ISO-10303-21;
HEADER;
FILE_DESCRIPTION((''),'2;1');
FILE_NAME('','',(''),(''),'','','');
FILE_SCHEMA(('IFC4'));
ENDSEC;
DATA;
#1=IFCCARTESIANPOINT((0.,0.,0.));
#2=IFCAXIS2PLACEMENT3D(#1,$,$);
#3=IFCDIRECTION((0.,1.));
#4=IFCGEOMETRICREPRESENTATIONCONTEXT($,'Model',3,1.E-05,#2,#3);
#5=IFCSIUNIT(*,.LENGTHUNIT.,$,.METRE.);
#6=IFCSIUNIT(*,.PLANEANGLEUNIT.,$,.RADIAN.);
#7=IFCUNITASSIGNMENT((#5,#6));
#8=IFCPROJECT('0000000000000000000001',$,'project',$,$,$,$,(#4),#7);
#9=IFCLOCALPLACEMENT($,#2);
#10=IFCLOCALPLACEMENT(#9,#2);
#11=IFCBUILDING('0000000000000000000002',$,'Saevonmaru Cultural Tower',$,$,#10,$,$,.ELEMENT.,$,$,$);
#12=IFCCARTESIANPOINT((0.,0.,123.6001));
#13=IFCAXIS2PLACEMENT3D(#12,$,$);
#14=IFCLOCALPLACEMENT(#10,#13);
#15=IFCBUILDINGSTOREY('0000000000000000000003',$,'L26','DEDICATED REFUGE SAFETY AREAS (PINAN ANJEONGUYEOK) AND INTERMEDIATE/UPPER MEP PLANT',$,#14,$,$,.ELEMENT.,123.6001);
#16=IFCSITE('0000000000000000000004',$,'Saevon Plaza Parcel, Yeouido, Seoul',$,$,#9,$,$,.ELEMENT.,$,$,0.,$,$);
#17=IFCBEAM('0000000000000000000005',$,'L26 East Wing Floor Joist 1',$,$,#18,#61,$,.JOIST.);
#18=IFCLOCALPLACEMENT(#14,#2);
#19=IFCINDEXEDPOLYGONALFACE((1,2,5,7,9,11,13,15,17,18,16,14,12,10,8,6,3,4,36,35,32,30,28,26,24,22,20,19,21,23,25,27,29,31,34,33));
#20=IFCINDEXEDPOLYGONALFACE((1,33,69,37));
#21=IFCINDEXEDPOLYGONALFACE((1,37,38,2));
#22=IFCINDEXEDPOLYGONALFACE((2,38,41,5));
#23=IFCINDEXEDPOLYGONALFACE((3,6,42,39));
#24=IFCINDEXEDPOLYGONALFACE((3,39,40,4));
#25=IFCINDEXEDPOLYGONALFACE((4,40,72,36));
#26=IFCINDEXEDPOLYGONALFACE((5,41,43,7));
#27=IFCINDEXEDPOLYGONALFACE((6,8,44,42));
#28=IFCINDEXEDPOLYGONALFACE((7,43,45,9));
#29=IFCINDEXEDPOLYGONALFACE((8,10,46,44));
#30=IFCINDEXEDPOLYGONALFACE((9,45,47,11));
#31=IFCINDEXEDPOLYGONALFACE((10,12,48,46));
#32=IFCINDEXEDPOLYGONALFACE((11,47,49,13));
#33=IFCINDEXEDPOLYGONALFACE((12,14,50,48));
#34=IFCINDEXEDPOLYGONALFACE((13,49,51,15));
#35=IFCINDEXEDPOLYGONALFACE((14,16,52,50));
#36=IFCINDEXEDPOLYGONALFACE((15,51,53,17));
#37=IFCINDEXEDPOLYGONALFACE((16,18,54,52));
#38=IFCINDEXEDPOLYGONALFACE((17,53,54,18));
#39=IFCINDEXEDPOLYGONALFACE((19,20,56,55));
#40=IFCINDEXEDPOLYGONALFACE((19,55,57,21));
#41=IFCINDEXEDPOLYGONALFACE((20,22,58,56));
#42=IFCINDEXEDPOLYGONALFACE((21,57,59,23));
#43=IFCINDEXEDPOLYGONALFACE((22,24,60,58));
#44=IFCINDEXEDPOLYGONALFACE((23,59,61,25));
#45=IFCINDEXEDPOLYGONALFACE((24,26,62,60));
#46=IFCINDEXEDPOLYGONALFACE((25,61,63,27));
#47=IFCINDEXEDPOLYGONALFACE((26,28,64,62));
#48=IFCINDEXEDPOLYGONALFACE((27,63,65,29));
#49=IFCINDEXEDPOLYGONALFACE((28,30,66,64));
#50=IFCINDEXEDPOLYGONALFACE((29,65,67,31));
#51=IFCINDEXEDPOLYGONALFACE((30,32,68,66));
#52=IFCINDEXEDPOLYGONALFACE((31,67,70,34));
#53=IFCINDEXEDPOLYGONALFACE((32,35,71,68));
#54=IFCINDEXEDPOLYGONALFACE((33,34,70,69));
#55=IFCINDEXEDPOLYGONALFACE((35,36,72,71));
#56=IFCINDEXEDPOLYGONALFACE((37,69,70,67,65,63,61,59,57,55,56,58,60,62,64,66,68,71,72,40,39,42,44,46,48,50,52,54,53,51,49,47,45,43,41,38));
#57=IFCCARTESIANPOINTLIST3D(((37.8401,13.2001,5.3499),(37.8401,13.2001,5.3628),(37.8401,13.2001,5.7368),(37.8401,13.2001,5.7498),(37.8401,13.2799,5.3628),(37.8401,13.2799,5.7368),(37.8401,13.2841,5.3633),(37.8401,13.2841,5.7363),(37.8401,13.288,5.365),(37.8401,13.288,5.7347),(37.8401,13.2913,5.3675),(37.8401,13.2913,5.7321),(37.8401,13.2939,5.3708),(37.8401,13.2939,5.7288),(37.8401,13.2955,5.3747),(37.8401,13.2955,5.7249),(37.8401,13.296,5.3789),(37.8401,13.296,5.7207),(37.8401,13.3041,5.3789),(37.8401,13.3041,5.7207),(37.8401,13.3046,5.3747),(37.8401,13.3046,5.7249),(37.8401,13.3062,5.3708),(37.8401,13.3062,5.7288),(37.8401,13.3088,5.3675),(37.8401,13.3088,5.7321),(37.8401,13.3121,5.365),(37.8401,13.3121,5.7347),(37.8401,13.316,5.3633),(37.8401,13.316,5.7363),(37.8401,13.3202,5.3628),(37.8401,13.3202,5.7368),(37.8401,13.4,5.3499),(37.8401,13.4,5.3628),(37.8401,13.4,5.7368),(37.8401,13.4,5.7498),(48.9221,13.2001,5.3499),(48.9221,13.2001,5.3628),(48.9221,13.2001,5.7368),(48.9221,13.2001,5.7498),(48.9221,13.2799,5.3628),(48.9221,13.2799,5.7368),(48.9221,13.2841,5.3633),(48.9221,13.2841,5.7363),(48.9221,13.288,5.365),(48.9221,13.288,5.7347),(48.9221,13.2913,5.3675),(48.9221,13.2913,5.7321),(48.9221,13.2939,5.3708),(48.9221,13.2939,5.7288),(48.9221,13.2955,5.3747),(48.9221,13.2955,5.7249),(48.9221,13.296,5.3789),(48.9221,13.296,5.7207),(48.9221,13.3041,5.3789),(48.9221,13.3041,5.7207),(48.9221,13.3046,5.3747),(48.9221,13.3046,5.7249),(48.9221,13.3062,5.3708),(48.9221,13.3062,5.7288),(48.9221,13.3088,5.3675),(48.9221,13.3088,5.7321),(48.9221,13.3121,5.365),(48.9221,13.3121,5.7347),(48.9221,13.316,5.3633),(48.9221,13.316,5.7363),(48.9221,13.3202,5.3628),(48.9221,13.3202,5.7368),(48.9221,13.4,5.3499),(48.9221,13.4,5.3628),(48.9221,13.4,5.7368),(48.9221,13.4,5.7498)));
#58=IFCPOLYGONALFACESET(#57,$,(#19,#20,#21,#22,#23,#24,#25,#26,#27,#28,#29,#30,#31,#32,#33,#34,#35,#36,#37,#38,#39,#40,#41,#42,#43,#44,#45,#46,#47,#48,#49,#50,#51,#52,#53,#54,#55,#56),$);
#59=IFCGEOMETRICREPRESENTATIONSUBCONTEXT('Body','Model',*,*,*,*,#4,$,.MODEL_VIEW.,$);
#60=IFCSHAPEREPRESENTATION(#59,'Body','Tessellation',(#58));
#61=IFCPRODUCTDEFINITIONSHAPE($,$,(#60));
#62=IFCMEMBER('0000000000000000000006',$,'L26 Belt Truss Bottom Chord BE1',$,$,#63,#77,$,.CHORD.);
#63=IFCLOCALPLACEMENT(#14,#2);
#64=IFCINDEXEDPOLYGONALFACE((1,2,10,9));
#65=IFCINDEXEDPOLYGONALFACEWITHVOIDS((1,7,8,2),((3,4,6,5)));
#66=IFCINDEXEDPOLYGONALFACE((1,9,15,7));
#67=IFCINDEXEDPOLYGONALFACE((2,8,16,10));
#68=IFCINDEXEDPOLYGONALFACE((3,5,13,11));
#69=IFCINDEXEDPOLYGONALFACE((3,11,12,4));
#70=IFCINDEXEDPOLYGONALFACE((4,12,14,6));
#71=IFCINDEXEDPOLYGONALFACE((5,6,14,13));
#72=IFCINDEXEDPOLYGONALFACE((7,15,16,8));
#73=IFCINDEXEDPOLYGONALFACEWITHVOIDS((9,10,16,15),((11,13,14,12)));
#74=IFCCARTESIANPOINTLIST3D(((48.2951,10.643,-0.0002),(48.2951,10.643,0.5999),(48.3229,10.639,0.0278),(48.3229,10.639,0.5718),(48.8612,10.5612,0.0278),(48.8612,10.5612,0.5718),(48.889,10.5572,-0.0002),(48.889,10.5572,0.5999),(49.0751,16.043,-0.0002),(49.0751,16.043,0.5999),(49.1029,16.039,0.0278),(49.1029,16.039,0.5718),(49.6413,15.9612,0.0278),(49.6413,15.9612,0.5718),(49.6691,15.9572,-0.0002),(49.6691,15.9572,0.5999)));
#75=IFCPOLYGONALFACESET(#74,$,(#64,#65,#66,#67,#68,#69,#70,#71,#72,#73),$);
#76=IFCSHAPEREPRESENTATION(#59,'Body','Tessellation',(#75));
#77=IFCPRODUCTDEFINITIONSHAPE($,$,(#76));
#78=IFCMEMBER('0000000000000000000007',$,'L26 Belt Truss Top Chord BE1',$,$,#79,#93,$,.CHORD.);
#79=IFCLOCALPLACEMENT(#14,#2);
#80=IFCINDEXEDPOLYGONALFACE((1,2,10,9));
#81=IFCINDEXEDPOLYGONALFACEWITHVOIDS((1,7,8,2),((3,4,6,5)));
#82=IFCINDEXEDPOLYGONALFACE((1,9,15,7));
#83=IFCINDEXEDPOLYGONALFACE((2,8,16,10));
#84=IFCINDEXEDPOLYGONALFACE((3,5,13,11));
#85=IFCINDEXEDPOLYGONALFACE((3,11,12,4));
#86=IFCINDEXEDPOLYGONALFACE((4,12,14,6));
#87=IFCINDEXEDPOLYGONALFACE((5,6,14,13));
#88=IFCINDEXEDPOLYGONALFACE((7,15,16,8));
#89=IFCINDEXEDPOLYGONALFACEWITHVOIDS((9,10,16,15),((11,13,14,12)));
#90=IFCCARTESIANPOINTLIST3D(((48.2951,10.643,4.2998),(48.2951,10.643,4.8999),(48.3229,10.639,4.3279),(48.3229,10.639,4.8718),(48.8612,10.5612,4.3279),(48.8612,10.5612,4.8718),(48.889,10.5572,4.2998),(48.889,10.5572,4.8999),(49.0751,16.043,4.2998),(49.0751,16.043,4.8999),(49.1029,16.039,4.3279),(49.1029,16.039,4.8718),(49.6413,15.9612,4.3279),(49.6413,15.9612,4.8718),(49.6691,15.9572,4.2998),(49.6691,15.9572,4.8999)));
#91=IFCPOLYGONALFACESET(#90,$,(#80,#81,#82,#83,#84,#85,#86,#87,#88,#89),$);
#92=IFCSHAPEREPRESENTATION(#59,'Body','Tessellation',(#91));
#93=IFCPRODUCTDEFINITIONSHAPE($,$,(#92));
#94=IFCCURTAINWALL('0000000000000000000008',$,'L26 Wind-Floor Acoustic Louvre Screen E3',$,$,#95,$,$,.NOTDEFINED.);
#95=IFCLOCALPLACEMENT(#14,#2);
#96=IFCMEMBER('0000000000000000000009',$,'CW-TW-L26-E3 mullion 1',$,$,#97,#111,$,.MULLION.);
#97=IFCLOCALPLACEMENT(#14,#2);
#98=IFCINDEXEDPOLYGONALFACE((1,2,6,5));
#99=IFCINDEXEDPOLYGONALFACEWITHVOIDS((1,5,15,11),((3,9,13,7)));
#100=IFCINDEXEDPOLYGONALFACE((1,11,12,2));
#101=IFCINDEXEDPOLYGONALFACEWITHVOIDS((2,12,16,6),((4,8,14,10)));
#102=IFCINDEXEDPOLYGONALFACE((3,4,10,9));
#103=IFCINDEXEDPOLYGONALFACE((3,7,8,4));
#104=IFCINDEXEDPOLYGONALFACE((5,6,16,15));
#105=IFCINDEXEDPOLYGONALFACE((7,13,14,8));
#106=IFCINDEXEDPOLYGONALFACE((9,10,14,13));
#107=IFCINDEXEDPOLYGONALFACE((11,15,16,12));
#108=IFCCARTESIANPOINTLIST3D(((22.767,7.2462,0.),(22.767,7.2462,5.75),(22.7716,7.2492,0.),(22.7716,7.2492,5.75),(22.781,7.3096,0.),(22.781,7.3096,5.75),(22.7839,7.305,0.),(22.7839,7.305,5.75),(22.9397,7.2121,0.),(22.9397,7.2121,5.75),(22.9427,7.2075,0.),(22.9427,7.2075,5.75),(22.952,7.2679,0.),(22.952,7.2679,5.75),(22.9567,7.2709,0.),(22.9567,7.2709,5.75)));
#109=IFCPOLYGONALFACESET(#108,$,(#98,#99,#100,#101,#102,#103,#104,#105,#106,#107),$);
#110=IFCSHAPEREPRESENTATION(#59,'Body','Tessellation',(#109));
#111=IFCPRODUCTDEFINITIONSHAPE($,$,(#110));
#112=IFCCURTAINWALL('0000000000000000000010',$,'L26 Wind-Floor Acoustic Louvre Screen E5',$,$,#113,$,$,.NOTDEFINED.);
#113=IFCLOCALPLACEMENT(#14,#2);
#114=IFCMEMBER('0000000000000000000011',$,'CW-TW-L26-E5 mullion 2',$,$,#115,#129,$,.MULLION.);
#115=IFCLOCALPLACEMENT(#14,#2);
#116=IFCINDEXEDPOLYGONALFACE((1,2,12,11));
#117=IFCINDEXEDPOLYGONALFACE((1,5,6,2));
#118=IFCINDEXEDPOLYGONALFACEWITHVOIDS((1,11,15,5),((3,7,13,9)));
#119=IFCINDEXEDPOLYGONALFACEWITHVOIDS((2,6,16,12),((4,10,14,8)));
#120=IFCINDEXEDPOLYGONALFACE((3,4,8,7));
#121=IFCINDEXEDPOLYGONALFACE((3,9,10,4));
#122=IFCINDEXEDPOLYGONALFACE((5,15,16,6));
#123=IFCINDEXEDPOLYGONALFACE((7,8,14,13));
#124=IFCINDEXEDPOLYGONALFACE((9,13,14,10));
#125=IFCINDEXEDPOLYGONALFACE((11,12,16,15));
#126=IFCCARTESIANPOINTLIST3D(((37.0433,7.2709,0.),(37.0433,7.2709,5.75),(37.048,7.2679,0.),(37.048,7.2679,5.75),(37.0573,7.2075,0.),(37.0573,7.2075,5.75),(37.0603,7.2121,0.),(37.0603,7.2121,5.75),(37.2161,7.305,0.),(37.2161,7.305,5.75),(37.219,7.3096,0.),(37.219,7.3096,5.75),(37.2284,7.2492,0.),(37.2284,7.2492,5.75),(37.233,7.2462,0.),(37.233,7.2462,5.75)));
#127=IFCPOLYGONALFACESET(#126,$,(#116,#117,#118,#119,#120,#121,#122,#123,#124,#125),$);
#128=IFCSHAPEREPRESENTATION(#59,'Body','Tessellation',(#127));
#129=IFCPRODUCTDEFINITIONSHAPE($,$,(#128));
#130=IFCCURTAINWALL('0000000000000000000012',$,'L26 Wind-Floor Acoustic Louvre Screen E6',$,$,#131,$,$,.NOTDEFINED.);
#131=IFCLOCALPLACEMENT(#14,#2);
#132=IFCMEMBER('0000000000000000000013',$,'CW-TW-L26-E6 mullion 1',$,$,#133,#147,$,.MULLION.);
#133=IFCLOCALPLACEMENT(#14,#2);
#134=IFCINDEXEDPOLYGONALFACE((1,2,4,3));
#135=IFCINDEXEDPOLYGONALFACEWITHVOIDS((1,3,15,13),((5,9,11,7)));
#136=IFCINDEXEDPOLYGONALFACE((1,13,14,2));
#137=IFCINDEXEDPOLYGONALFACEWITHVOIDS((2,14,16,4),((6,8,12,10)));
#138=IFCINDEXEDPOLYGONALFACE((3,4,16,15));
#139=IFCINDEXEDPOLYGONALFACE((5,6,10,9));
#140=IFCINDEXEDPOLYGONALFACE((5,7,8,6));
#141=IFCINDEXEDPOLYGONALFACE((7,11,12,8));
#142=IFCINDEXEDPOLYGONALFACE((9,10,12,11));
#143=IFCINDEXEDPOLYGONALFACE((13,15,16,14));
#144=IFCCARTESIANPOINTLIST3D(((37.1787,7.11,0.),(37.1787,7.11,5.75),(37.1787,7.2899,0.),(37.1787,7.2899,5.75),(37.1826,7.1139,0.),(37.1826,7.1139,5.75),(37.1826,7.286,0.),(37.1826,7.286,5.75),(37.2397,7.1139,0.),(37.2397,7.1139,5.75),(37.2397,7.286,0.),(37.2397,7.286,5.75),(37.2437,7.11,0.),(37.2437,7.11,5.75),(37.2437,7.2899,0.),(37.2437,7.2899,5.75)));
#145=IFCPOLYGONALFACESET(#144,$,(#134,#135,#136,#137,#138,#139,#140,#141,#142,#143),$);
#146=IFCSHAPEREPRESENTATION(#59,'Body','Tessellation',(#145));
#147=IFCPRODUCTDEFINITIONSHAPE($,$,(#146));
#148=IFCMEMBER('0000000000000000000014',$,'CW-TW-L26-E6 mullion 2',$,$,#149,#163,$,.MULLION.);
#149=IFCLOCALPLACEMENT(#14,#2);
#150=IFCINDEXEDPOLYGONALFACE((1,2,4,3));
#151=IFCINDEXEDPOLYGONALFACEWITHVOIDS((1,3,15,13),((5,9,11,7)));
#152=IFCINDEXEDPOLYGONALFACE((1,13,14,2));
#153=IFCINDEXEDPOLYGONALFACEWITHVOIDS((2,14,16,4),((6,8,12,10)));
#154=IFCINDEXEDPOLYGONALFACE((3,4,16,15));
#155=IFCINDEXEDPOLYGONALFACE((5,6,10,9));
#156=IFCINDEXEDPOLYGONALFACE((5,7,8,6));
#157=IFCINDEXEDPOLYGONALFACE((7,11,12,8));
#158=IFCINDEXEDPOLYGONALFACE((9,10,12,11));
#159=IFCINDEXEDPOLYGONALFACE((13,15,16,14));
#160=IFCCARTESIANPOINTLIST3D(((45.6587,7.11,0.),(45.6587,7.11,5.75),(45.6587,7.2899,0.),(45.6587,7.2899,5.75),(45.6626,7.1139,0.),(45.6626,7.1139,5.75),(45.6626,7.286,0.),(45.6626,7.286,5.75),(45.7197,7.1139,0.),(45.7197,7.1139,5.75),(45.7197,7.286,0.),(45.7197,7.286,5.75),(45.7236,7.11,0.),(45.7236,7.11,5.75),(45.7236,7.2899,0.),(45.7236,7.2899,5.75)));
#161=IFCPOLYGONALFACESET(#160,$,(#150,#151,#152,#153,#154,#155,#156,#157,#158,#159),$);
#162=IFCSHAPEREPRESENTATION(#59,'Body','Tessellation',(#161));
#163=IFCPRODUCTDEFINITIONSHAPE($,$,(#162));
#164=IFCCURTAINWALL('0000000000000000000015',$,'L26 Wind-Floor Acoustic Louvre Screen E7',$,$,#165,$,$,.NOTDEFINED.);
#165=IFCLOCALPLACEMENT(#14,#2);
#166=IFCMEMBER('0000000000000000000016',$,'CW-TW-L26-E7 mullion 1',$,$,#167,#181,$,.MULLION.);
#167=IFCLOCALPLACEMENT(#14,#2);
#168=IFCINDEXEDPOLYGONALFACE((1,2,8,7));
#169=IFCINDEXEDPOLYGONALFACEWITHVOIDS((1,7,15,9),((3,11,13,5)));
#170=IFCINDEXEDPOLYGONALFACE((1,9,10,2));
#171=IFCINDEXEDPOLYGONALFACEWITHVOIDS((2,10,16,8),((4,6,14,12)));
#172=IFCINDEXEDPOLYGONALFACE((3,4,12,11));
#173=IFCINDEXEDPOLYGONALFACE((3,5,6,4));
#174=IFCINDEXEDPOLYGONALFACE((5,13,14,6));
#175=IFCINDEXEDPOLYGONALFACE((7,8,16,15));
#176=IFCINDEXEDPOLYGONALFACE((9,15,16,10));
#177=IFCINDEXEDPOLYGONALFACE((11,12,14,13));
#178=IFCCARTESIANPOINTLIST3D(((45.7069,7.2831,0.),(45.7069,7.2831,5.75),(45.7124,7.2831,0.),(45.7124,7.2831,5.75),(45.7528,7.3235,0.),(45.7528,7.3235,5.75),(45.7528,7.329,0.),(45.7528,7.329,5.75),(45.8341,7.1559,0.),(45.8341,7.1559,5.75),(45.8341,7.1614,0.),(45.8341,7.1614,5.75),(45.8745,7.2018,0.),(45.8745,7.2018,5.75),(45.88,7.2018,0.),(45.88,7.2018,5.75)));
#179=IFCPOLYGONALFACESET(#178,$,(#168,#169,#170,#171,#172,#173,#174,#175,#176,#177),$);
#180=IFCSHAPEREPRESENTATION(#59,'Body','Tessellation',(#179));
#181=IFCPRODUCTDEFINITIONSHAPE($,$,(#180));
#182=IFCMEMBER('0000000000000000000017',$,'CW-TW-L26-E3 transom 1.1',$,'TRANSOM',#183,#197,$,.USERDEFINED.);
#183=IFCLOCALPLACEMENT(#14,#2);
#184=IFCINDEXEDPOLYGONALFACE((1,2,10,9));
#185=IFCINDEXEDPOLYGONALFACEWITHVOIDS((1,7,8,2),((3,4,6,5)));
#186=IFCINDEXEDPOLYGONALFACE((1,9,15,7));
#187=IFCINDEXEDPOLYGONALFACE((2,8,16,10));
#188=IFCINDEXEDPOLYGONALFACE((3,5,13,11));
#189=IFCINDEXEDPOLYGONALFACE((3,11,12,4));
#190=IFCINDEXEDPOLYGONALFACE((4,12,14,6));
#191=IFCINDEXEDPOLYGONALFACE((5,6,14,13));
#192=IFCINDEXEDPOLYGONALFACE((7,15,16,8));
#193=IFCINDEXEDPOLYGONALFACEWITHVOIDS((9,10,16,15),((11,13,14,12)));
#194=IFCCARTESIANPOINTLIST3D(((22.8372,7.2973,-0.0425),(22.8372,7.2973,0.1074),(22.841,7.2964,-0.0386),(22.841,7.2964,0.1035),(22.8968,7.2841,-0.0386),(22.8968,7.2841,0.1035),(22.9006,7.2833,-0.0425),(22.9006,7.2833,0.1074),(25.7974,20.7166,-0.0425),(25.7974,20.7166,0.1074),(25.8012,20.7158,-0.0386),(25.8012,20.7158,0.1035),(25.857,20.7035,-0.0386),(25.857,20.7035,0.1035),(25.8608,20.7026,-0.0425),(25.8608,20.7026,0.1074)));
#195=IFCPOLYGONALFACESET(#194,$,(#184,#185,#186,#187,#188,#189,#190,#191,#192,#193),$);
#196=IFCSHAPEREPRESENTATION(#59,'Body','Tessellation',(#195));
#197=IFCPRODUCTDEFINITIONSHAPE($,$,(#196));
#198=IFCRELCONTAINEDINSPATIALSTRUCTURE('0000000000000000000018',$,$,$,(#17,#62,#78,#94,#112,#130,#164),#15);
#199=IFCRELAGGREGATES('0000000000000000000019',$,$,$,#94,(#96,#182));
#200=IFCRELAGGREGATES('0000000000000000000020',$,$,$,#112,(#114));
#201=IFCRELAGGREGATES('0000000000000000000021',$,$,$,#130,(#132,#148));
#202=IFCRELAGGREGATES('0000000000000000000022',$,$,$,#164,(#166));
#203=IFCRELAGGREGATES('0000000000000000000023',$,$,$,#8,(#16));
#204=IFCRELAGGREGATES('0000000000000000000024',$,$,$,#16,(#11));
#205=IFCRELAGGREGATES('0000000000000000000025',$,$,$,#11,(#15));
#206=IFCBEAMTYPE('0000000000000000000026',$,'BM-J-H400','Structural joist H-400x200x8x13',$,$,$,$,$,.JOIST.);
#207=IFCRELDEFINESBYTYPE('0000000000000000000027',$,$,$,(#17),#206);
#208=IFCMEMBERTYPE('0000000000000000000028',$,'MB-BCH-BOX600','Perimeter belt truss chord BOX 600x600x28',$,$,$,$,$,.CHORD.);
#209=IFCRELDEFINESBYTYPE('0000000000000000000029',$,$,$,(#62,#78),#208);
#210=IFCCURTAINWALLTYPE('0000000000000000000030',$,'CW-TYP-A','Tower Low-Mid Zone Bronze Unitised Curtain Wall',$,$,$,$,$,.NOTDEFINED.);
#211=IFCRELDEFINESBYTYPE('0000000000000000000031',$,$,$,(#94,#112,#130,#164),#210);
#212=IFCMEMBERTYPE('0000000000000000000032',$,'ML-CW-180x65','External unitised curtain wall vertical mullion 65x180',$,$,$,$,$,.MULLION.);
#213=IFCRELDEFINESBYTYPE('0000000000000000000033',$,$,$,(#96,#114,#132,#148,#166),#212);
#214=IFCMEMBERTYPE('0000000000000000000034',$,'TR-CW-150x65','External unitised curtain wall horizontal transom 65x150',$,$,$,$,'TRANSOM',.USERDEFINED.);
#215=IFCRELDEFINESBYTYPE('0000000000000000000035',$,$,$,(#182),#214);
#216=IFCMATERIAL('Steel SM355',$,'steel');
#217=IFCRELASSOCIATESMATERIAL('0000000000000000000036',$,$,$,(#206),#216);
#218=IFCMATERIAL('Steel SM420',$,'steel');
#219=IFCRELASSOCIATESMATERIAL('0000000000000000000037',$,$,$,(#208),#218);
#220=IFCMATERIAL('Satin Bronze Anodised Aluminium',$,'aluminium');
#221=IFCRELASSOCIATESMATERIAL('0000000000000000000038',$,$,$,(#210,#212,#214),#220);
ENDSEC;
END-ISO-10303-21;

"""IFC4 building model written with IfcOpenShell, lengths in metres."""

from ifc_helpers import new_model, si_unit, direction, frame, origin, origin_2d, place, context, subcontext, project, spatial, hollow_rectangle, i_section, extrude, material, material_profile, profile_set, type_object, element, aggregate, save


model = new_model("IFC4")

# Units and contexts
model_context = context("Model", 3, precision=1e-05, world=origin(), true_north=direction((0.0, 1.0)))
body_context = subcontext(model_context, "Body", "Model", "MODEL_VIEW")
ifc_project = project(units=[si_unit("LENGTHUNIT", "METRE"), si_unit("PLANEANGLEUNIT", "RADIAN")], contexts=[model_context])

# Site, building, storey
site_placement = place(None, origin())
site = spatial("IfcSite", under=ifc_project, at=site_placement, Name="Saevon Plaza Parcel, Yeouido, Seoul", CompositionType="ELEMENT", RefElevation=0.0)
building_placement = place(site_placement, origin())
building = spatial("IfcBuilding", under=site, at=building_placement, Name="Saevonmaru Cultural Tower", CompositionType="ELEMENT")
storey_placement = place(building_placement, frame((0.0, 0.0, 123.6001)))
storey = spatial("IfcBuildingStorey", under=building, at=storey_placement, Name="L26", Description="DEDICATED REFUGE SAFETY AREAS (PINAN ANJEONGUYEOK) AND INTERMEDIATE/UPPER MEP PLANT", CompositionType="ELEMENT", Elevation=123.6001)

# Shared definitions
ifc_material_1 = material(Name="Steel SM420", Category="steel")
ifc_material_2 = material(Name="Steel SM355", Category="steel")

# Beam
ifc_material_profile_1 = material_profile(ifc_material_2, i_section(OverallWidth=0.2, OverallDepth=0.3999, WebThickness=0.0081, FlangeThickness=0.0129, FilletRadius=0.0161, at=origin_2d()), Name="H-400x200x8x13")
ifc_profile_set_1 = profile_set([ifc_material_profile_1], Name="Steel SM355")
beam_type_1 = type_object("IfcBeamType", Name="BM-J-H400", Description="Structural joist H-400x200x8x13", PredefinedType="JOIST", material=ifc_profile_set_1)
beam_1_placement = place(storey_placement, frame((37.8401, 13.3, 5.5498), z_axis=(1.0, 0.0, 0.0), x_axis=(0.0, 1.0, 0.0)))
element("IfcBeam", 1, at=beam_1_placement, inside=storey, type_object=beam_type_1, Name="L26 East Wing Floor Joist 1", PredefinedType="JOIST", context=body_context, shape_type="SweptSolid", body=[
    extrude(i_section(OverallWidth=0.2, OverallDepth=0.3999, WebThickness=0.0081, FlangeThickness=0.0129, FilletRadius=0.0161, at=origin_2d()), origin(), (0.0, 0.0, 1.0), 11.082),
])

# Members
ifc_material_profile_2 = material_profile(ifc_material_1, hollow_rectangle(XDim=0.6001, YDim=0.6001, WallThickness=0.0281, at=origin_2d()), Name="BOX-600x600x28")
ifc_profile_set_2 = profile_set([ifc_material_profile_2], Name="Steel SM420")
member_type_1 = type_object("IfcMemberType", Name="MB-BCH-BOX600", Description="Perimeter belt truss chord BOX 600x600x28", PredefinedType="CHORD", material=ifc_profile_set_2)
for number, where, z_axis, x_axis, name in (
    (2, (48.592, 10.6001, 0.2998), (0.142969, 0.989727, 0.0), (-0.989727, 0.142969, 0.0), "L26 Belt Truss Bottom Chord BE1"),
    (3, (48.592, 10.6001, 4.5999), (0.142969, 0.989727, 0.0), (-0.989727, 0.142969, 0.0), "L26 Belt Truss Top Chord BE1"),
):
    element("IfcMember", number, at=place(storey_placement, frame(where, z_axis=z_axis, x_axis=x_axis)), inside=storey, type_object=member_type_1, Name=name, PredefinedType="CHORD", context=body_context, shape_type="SweptSolid", body=[
        extrude(hollow_rectangle(XDim=0.6001, YDim=0.6001, WallThickness=0.0281, at=origin_2d()), origin(), (0.0, 0.0, 1.0), 5.4561),
    ])

# Curtain walls, members
ifc_material_3 = material(Name="Satin Bronze Anodised Aluminium", Category="aluminium")
curtain_wall_type = type_object("IfcCurtainWallType", Name="CW-TYP-A", Description="Tower Low-Mid Zone Bronze Unitised Curtain Wall", PredefinedType="NOTDEFINED", material=ifc_material_3)
curtain_wall_1_placement = place(storey_placement, origin())
curtain_wall_1 = element("IfcCurtainWall", 4, at=curtain_wall_1_placement, inside=storey, type_object=curtain_wall_type, Name="L26 Wind-Floor Acoustic Louvre Screen E3", PredefinedType="NOTDEFINED")
ifc_material_profile_3 = material_profile(ifc_material_3, hollow_rectangle(XDim=0.0649, YDim=0.1799, WallThickness=0.0039, at=origin_2d()), Name="ALU-MULL-180x65x4")
ifc_profile_set_3 = profile_set([ifc_material_profile_3], Name="Satin Bronze Anodised Aluminium")
member_type_2 = type_object("IfcMemberType", Name="ML-CW-180x65", Description="External unitised curtain wall vertical mullion 65x180", PredefinedType="MULLION", material=ifc_profile_set_3)
member_1_placement = place(storey_placement, frame((22.8618, 7.2585, 0.0), z_axis=(0.0, 0.0, 1.0), x_axis=(0.215413, 0.976523, 0.0)))
member_1 = element("IfcMember", 5, at=member_1_placement, type_object=member_type_2, Name="CW-TW-L26-E3 mullion 1", PredefinedType="MULLION", context=body_context, shape_type="SweptSolid", body=[
    extrude(hollow_rectangle(XDim=0.0649, YDim=0.1799, WallThickness=0.0039, at=origin_2d()), origin(), (0.0, 0.0, 1.0), 5.75),
])
curtain_wall_2_placement = place(storey_placement, origin())
curtain_wall_2 = element("IfcCurtainWall", 6, at=curtain_wall_2_placement, inside=storey, type_object=curtain_wall_type, Name="L26 Wind-Floor Acoustic Louvre Screen E5", PredefinedType="NOTDEFINED")
member_2_placement = place(storey_placement, frame((37.1382, 7.2585, 0.0), z_axis=(0.0, 0.0, 1.0), x_axis=(0.215413, -0.976523, 0.0)))
member_2 = element("IfcMember", 7, at=member_2_placement, type_object=member_type_2, Name="CW-TW-L26-E5 mullion 2", PredefinedType="MULLION", context=body_context, shape_type="SweptSolid", body=[
    extrude(hollow_rectangle(XDim=0.0649, YDim=0.1799, WallThickness=0.0039, at=origin_2d()), origin(), (0.0, 0.0, 1.0), 5.75),
])

# Curtain wall, members
curtain_wall_3_placement = place(storey_placement, origin())
curtain_wall_3 = element("IfcCurtainWall", 8, at=curtain_wall_3_placement, inside=storey, type_object=curtain_wall_type, Name="L26 Wind-Floor Acoustic Louvre Screen E6", PredefinedType="NOTDEFINED")
member_3_placement = place(storey_placement, frame((37.2112, 7.2, 0.0), z_axis=(0.0, 0.0, 1.0), x_axis=(1.0, 0.0, 0.0)))
member_3 = element("IfcMember", 9, at=member_3_placement, type_object=member_type_2, Name="CW-TW-L26-E6 mullion 1", PredefinedType="MULLION", context=body_context, shape_type="SweptSolid", body=[
    extrude(hollow_rectangle(XDim=0.0649, YDim=0.1799, WallThickness=0.0039, at=origin_2d()), origin(), (0.0, 0.0, 1.0), 5.75),
])
member_4_placement = place(storey_placement, frame((45.6912, 7.2, 0.0), z_axis=(0.0, 0.0, 1.0), x_axis=(1.0, 0.0, 0.0)))
member_4 = element("IfcMember", 10, at=member_4_placement, type_object=member_type_2, Name="CW-TW-L26-E6 mullion 2", PredefinedType="MULLION", context=body_context, shape_type="SweptSolid", body=[
    extrude(hollow_rectangle(XDim=0.0649, YDim=0.1799, WallThickness=0.0039, at=origin_2d()), origin(), (0.0, 0.0, 1.0), 5.75),
])

# Curtain wall, member
curtain_wall_4_placement = place(storey_placement, origin())
curtain_wall_4 = element("IfcCurtainWall", 11, at=curtain_wall_4_placement, inside=storey, type_object=curtain_wall_type, Name="L26 Wind-Floor Acoustic Louvre Screen E7", PredefinedType="NOTDEFINED")
member_5_placement = place(storey_placement, frame((45.7935, 7.2424, 0.0), z_axis=(0.0, 0.0, 1.0), x_axis=(0.707107, 0.707107, 0.0)))
member_5 = element("IfcMember", 12, at=member_5_placement, type_object=member_type_2, Name="CW-TW-L26-E7 mullion 1", PredefinedType="MULLION", context=body_context, shape_type="SweptSolid", body=[
    extrude(hollow_rectangle(XDim=0.0649, YDim=0.1799, WallThickness=0.0039, at=origin_2d()), origin(), (0.0, 0.0, 1.0), 5.75),
])

# Member
ifc_material_profile_4 = material_profile(ifc_material_3, hollow_rectangle(XDim=0.0649, YDim=0.1499, WallThickness=0.0039, at=origin_2d()), Name="ALU-TRAN-150x65x4")
ifc_profile_set_4 = profile_set([ifc_material_profile_4], Name="Satin Bronze Anodised Aluminium")
member_type_3 = type_object("IfcMemberType", Name="TR-CW-150x65", Description="External unitised curtain wall horizontal transom 65x150", ElementType="TRANSOM", PredefinedType="USERDEFINED", material=ifc_profile_set_4)
member_6_placement = place(storey_placement, frame((22.8689, 7.2903, 0.0325), z_axis=(0.215412, 0.976523, 0.0), x_axis=(-0.976523, 0.215412, 0.0)))
member_6 = element("IfcMember", 13, at=member_6_placement, type_object=member_type_3, Name="CW-TW-L26-E3 transom 1.1", ObjectType="TRANSOM", PredefinedType="USERDEFINED", context=body_context, shape_type="SweptSolid", body=[
    extrude(hollow_rectangle(XDim=0.0649, YDim=0.1499, WallThickness=0.0039, at=origin_2d()), origin(), (0.0, 0.0, 1.0), 13.7419),
])

aggregate(curtain_wall_1, [member_1, member_6])
aggregate(curtain_wall_2, [member_2])
aggregate(curtain_wall_3, [member_3, member_4])
aggregate(curtain_wall_4, [member_5])

save(model, "model.ifc")
